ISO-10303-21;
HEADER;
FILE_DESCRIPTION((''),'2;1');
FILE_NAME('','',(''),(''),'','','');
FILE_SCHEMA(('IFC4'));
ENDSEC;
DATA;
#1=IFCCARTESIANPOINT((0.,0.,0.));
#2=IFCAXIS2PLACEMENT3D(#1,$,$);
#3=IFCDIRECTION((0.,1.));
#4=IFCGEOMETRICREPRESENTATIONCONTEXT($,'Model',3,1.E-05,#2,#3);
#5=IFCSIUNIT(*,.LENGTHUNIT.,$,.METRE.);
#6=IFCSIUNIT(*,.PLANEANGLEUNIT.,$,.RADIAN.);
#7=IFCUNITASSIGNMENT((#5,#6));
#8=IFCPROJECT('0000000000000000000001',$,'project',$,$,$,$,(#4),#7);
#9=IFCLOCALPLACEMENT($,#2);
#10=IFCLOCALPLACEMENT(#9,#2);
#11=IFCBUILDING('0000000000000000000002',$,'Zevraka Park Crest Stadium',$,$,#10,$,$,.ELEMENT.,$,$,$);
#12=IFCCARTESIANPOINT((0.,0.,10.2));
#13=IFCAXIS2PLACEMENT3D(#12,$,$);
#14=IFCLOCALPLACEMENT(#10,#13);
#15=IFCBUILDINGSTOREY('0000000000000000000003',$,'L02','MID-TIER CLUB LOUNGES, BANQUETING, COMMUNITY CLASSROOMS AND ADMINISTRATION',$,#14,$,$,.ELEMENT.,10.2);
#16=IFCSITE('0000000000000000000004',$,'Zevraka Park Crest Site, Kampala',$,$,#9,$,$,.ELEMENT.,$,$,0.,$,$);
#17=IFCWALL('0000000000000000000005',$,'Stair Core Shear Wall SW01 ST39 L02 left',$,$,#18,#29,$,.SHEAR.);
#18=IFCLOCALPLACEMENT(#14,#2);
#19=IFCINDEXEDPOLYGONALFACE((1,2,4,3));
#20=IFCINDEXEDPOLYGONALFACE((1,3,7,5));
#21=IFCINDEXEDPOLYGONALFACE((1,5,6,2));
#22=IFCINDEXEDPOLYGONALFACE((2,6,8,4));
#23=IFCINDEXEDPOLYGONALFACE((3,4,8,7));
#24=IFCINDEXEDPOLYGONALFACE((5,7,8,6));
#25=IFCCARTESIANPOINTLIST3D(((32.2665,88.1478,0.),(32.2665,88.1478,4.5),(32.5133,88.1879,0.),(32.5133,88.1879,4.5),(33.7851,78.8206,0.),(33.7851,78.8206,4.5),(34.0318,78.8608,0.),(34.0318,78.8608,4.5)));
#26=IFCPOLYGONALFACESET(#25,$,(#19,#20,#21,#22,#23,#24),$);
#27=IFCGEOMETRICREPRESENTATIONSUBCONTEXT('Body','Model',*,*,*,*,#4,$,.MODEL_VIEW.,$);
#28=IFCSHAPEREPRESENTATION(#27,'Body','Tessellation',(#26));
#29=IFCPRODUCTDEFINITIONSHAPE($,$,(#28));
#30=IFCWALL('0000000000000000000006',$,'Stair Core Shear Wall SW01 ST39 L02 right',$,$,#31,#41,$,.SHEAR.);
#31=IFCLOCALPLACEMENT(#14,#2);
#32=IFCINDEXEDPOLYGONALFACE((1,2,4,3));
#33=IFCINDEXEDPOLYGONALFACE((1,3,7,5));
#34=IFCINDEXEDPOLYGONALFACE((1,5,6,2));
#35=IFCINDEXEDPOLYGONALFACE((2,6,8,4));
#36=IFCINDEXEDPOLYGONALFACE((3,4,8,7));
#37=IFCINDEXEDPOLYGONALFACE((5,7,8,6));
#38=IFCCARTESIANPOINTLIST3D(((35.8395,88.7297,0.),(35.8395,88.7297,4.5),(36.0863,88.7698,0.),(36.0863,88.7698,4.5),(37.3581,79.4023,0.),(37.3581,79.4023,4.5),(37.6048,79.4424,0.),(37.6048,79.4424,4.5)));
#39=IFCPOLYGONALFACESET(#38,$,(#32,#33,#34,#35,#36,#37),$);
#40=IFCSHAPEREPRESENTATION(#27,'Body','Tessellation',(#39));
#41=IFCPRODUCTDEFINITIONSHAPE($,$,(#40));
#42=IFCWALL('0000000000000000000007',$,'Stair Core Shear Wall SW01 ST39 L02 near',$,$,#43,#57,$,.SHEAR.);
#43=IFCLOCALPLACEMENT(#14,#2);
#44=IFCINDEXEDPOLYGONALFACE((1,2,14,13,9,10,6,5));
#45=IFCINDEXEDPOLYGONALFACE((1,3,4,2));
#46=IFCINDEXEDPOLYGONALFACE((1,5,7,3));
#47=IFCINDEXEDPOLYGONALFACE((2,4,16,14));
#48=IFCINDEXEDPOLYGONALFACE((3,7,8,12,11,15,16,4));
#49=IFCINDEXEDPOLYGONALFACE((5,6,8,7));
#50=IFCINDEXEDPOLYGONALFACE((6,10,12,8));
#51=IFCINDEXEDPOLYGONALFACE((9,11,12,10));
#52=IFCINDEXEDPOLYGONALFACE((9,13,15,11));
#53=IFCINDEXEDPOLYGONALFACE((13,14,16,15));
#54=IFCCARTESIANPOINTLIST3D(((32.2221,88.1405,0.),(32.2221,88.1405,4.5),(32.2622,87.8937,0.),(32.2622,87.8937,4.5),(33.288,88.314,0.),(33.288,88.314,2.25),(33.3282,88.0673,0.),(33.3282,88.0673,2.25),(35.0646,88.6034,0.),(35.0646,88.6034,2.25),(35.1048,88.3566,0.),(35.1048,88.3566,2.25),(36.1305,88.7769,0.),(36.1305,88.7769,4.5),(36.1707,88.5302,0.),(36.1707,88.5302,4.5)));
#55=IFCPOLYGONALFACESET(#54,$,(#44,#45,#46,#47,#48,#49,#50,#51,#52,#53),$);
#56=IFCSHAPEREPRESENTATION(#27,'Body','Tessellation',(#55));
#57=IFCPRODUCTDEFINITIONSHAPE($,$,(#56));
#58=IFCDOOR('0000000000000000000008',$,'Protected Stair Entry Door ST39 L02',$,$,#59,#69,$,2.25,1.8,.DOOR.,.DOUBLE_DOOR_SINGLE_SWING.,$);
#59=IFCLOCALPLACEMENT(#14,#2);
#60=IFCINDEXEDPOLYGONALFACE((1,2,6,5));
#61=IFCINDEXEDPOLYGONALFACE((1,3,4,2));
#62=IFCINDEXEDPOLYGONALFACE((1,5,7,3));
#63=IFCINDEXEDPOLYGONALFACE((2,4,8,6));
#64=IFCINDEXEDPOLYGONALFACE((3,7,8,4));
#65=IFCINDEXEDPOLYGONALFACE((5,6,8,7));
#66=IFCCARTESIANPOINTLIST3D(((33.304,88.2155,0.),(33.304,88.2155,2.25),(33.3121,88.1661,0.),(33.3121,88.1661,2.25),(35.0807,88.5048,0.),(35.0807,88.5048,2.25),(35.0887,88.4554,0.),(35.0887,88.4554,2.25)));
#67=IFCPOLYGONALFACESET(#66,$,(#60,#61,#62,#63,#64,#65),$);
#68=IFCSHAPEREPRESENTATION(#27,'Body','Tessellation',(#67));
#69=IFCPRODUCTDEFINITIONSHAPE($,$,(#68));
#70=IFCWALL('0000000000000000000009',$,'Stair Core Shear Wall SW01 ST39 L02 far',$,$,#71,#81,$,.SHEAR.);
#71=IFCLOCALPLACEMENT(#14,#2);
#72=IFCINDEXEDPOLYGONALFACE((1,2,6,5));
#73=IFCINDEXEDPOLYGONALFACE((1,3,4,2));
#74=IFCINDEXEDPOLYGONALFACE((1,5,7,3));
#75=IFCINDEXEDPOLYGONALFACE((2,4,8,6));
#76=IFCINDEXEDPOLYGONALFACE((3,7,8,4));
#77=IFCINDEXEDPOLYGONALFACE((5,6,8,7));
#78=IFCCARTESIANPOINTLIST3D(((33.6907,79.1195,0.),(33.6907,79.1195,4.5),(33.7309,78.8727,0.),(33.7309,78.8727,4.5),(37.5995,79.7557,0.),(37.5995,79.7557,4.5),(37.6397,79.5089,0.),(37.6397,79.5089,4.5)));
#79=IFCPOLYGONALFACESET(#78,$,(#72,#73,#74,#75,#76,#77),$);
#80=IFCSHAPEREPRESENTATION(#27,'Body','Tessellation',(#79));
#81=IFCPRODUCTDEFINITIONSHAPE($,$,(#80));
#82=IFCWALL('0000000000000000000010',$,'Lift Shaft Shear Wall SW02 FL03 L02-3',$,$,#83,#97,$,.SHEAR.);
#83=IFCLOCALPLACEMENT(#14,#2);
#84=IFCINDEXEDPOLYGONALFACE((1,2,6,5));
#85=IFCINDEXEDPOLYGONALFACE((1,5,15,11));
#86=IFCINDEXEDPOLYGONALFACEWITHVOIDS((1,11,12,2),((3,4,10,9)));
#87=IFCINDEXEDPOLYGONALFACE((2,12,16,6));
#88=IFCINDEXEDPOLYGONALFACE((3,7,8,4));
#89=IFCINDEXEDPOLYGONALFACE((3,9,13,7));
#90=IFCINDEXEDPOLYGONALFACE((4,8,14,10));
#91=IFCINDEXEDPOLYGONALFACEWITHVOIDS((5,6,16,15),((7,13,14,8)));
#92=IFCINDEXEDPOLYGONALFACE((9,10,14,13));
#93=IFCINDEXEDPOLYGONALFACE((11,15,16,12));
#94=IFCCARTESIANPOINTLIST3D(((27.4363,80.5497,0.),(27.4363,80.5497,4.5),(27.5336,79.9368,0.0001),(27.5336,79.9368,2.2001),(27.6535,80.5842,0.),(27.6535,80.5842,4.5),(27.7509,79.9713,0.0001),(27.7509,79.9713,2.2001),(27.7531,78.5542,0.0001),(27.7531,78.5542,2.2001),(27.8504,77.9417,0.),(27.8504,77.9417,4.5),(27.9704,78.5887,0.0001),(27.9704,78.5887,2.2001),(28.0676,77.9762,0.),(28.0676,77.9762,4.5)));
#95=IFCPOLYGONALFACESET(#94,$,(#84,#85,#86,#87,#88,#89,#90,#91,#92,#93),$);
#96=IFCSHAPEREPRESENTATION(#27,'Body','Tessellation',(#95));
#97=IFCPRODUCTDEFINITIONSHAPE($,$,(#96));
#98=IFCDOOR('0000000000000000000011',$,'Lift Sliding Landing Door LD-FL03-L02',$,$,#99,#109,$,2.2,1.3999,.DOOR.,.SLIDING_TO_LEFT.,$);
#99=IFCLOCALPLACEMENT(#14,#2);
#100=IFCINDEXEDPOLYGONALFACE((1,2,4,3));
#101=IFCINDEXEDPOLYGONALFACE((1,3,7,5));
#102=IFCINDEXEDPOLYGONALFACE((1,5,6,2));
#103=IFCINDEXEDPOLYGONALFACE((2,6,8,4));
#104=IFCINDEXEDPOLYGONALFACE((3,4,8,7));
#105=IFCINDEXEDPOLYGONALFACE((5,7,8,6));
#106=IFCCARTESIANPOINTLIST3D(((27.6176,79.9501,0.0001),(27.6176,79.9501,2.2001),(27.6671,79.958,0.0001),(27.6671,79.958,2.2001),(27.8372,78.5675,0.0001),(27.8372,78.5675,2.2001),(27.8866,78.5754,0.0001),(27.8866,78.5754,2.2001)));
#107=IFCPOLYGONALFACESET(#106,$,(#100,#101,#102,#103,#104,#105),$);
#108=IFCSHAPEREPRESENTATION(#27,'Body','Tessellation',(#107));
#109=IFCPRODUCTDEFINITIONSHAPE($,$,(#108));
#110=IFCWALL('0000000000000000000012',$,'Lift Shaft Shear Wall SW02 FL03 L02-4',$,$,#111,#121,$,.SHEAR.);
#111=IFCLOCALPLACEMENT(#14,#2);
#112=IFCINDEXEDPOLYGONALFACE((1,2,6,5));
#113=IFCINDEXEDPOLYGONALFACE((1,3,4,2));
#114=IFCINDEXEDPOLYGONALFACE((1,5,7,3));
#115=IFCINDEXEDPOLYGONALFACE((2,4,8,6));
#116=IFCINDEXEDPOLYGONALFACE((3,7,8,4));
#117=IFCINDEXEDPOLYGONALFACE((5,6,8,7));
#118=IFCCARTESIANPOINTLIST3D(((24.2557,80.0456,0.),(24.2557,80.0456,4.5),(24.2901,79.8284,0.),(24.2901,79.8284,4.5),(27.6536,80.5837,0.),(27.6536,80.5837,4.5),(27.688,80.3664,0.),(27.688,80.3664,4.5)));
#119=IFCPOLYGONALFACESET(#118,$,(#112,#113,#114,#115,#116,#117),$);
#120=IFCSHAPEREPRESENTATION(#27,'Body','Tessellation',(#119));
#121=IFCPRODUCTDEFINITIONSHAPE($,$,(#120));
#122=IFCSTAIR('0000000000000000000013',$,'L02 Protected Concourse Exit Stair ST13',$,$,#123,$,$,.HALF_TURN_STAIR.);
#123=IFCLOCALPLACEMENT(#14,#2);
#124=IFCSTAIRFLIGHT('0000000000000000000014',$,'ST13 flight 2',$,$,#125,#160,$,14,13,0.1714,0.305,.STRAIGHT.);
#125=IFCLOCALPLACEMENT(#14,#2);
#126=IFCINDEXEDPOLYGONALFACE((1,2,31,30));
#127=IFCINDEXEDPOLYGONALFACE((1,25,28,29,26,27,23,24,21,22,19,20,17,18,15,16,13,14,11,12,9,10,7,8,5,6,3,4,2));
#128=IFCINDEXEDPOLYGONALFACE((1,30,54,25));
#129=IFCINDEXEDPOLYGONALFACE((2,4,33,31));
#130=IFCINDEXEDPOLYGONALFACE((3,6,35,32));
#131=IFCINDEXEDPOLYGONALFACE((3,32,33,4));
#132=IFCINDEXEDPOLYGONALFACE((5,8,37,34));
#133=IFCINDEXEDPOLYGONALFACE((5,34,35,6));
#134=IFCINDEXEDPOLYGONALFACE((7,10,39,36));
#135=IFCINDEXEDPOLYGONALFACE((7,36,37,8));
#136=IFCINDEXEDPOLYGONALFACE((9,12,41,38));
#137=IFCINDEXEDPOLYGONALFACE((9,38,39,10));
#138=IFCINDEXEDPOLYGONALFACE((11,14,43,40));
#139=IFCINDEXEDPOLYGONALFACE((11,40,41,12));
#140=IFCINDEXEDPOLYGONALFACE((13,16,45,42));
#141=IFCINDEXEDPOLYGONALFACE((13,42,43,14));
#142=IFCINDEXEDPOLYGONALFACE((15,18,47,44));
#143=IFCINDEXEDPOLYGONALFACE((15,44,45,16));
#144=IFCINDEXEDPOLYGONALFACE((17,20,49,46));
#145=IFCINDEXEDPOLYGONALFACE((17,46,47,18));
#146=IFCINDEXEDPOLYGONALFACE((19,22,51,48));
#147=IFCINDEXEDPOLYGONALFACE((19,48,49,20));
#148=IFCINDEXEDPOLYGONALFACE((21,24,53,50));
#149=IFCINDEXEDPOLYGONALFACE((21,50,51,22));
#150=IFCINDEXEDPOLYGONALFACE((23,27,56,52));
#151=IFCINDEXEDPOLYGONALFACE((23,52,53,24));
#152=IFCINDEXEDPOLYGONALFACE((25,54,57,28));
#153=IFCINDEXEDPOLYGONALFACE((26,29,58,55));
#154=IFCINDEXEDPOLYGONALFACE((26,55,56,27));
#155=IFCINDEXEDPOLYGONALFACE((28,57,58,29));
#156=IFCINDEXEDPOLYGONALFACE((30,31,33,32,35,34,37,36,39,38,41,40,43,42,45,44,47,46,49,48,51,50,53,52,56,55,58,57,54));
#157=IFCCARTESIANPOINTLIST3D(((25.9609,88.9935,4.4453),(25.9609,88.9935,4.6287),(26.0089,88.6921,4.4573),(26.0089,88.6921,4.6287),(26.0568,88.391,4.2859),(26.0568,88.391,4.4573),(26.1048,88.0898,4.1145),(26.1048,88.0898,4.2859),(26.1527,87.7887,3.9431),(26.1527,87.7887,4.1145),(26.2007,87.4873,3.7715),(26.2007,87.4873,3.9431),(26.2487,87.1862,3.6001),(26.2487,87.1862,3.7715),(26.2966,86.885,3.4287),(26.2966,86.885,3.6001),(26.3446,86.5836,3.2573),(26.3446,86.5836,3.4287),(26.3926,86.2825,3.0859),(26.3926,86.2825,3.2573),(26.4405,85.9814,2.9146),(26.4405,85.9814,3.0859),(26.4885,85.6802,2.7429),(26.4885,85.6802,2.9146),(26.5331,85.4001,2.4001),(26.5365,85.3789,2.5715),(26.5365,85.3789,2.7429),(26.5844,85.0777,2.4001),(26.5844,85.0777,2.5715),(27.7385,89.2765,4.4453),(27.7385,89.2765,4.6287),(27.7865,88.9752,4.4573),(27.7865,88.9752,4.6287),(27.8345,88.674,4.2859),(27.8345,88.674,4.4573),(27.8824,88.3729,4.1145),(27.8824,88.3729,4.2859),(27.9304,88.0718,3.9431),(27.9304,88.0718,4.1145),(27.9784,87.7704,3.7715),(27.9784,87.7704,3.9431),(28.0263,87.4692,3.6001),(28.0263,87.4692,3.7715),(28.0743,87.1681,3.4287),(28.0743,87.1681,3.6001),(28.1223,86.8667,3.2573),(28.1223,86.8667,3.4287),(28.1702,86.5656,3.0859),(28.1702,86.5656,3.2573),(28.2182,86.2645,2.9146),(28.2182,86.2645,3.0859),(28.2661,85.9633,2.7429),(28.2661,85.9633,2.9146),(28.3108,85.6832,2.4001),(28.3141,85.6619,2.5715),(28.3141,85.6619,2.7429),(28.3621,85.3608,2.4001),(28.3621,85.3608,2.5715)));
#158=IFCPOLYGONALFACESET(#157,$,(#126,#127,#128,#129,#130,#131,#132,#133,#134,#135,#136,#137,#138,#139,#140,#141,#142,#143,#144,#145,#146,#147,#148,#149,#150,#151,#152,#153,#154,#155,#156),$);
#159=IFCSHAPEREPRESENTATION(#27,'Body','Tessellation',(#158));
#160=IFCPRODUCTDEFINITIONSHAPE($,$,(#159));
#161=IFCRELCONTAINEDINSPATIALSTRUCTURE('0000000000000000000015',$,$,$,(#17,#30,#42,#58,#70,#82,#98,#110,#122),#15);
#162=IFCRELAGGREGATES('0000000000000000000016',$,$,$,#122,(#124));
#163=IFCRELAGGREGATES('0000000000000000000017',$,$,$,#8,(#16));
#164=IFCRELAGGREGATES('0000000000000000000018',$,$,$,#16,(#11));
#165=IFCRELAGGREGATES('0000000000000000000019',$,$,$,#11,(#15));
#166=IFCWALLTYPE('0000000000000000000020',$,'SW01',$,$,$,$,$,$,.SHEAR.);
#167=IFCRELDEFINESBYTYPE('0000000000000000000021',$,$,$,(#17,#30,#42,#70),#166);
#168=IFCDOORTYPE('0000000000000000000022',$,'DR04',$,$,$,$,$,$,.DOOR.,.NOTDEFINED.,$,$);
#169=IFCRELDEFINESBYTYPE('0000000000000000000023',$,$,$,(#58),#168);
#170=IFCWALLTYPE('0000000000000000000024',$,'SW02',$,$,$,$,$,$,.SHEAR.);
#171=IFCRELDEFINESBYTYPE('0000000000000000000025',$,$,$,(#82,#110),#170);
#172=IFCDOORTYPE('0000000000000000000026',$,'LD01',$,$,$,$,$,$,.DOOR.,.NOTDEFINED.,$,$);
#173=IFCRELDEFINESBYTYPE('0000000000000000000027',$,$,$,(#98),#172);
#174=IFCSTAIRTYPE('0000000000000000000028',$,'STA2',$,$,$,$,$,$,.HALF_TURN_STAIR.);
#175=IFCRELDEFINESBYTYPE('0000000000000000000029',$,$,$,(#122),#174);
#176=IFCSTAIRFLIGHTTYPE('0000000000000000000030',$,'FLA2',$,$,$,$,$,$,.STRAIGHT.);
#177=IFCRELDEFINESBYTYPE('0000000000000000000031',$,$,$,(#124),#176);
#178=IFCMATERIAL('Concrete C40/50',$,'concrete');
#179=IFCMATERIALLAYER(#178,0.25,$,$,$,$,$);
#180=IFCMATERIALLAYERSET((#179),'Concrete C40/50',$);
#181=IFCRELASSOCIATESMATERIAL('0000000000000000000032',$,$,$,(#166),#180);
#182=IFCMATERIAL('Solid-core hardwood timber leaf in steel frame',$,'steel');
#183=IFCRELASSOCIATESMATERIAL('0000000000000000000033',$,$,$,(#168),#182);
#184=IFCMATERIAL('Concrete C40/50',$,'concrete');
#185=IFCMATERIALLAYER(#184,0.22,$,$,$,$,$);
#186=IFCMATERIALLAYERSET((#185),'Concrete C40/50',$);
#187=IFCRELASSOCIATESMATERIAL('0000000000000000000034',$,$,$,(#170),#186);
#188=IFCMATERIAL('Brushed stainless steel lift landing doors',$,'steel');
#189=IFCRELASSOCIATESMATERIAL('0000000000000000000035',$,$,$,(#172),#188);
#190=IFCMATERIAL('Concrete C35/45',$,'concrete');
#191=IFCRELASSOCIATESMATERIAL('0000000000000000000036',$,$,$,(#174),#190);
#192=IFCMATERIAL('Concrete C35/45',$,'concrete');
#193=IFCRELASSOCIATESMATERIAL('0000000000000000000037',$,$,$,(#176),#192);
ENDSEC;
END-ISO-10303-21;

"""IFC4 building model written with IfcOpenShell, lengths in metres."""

from ifc_helpers import new_model, si_unit, direction, frame, frame_2d, origin, place, context, subcontext, project, spatial, polyline, rectangle, outline, extrude, material, layer, layer_set, type_object, element, fill, aggregate, save


model = new_model("IFC4")

# Units and contexts
model_context = context("Model", 3, precision=1e-05, world=origin(), true_north=direction((0.0, 1.0)))
body_context = subcontext(model_context, "Body", "Model", "MODEL_VIEW")
ifc_project = project(units=[si_unit("LENGTHUNIT", "METRE"), si_unit("PLANEANGLEUNIT", "RADIAN")], contexts=[model_context])

# Site, building, storey
site_placement = place(None, origin())
site = spatial("IfcSite", under=ifc_project, at=site_placement, Name="Zevraka Park Crest Site, Kampala", CompositionType="ELEMENT", RefElevation=0.0)
building_placement = place(site_placement, origin())
building = spatial("IfcBuilding", under=site, at=building_placement, Name="Zevraka Park Crest Stadium", CompositionType="ELEMENT")
storey_placement = place(building_placement, frame((0.0, 0.0, 10.2)))
storey = spatial("IfcBuildingStorey", under=building, at=storey_placement, Name="L02", Description="MID-TIER CLUB LOUNGES, BANQUETING, COMMUNITY CLASSROOMS AND ADMINISTRATION", CompositionType="ELEMENT", Elevation=10.2)

# Walls
ifc_material_1 = material(Name="Concrete C40/50", Category="concrete")
ifc_layer_1 = layer(ifc_material_1, 0.25)
ifc_layer_set_1 = layer_set([ifc_layer_1], Name="Concrete C40/50")
wall_type_1 = type_object("IfcWallType", Name="SW01", PredefinedType="SHEAR", material=ifc_layer_set_1)
wall_1_placement = place(storey_placement, frame((32.3899, 88.168, 0.0), z_axis=(0.0, 0.0, 1.0), x_axis=(0.160694, -0.987004, 0.0)))
element("IfcWall", 1, at=wall_1_placement, inside=storey, type_object=wall_type_1, Name="Stair Core Shear Wall SW01 ST39 L02 left", PredefinedType="SHEAR", context=body_context, shape_type="SweptSolid", body=[
    extrude(rectangle(XDim=9.45, YDim=0.25, at=frame_2d((4.7251, 0.0))), origin(), (0.0, 0.0, 1.0), 4.5),
])
wall_2_placement = place(storey_placement, frame((37.4814, 79.4224, 0.0), z_axis=(0.0, 0.0, 1.0), x_axis=(-0.16069, 0.987005, 0.0)))
element("IfcWall", 2, at=wall_2_placement, inside=storey, type_object=wall_type_1, Name="Stair Core Shear Wall SW01 ST39 L02 right", PredefinedType="SHEAR", context=body_context, shape_type="SweptSolid", body=[
    extrude(rectangle(XDim=9.4502, YDim=0.25, at=frame_2d((4.7251, 0.0))), origin(), (0.0, 0.0, 1.0), 4.5),
])

# Wall, opening, door
wall_3_placement = place(storey_placement, frame((36.1506, 88.6536, 0.0), z_axis=(0.0, 0.0, 1.0), x_axis=(-0.986999, -0.160729, 0.0)))
wall_3 = element("IfcWall", 3, at=wall_3_placement, inside=storey, type_object=wall_type_1, Name="Stair Core Shear Wall SW01 ST39 L02 near", PredefinedType="SHEAR", context=body_context, shape_type="SweptSolid", body=[
    extrude(rectangle(XDim=3.96, YDim=0.25, at=frame_2d((1.98, 0.0))), origin(), (0.0, 0.0, 1.0), 4.5),
])
opening_1_placement = place(wall_3_placement, frame((1.0801, 0.0, 0.0)))
opening_1 = element("IfcOpeningElement", 4, at=opening_1_placement, cuts=wall_3, PredefinedType="OPENING", context=body_context, shape_type="SweptSolid", body=[
    extrude(rectangle(XDim=1.8, YDim=2.25, at=frame_2d((0.8999, 1.125))), frame((0.0, 0.135, 0.0), z_axis=(0.0, -1.0, 0.0), x_axis=(1.0, 0.0, 0.0)), (0.0, 0.0, 1.0), 0.27),
])
ifc_material_2 = material(Name="Solid-core hardwood timber leaf in steel frame", Category="steel")
door_type_1 = type_object("IfcDoorType", Name="DR04", OperationType="NOTDEFINED", PredefinedType="DOOR", material=ifc_material_2)
door_1_placement = place(opening_1_placement, origin())
door_1 = element("IfcDoor", 5, at=door_1_placement, inside=storey, type_object=door_type_1, Name="Protected Stair Entry Door ST39 L02", OperationType="DOUBLE_DOOR_SINGLE_SWING", OverallHeight=2.25, OverallWidth=1.8, PredefinedType="DOOR", context=body_context, shape_type="SweptSolid", body=[
    extrude(rectangle(XDim=1.8, YDim=2.25, at=frame_2d((0.8999, 1.125))), frame((0.0, 0.0249, 0.0), z_axis=(0.0, -1.0, 0.0), x_axis=(1.0, 0.0, 0.0)), (0.0, 0.0, 1.0), 0.05),
])
fill(opening_1, door_1)

# Wall
wall_4_placement = place(storey_placement, frame((33.7109, 78.9961, 0.0), z_axis=(0.0, 0.0, 1.0), x_axis=(0.98701, 0.160659, 0.0)))
element("IfcWall", 6, at=wall_4_placement, inside=storey, type_object=wall_type_1, Name="Stair Core Shear Wall SW01 ST39 L02 far", PredefinedType="SHEAR", context=body_context, shape_type="SweptSolid", body=[
    extrude(rectangle(XDim=3.9602, YDim=0.25, at=frame_2d((1.98, 0.0))), origin(), (0.0, 0.0, 1.0), 4.5),
])

# Wall, opening, door
ifc_material_3 = material(Name="Concrete C40/50", Category="concrete")
ifc_layer_2 = layer(ifc_material_3, 0.22)
ifc_layer_set_2 = layer_set([ifc_layer_2], Name="Concrete C40/50")
wall_type_2 = type_object("IfcWallType", Name="SW02", PredefinedType="SHEAR", material=ifc_layer_set_2)
wall_5_placement = place(storey_placement, frame((27.959, 77.959, 0.0), z_axis=(0.0, 0.0, 1.0), x_axis=(-0.156808, 0.987629, 0.0)))
wall_5 = element("IfcWall", 7, at=wall_5_placement, inside=storey, type_object=wall_type_2, Name="Lift Shaft Shear Wall SW02 FL03 L02-3", PredefinedType="SHEAR", context=body_context, shape_type="SweptSolid", body=[
    extrude(rectangle(XDim=2.6406, YDim=0.22, at=frame_2d((1.3203, 0.0))), origin(), (0.0, 0.0, 1.0), 4.5),
])
opening_2_placement = place(wall_5_placement, frame((0.6201, 0.0, 0.0)))
opening_2 = element("IfcOpeningElement", 8, at=opening_2_placement, cuts=wall_5, PredefinedType="OPENING", context=body_context, shape_type="SweptSolid", body=[
    extrude(rectangle(XDim=1.3999, YDim=2.2, at=frame_2d((0.7, 1.1001))), frame((0.0, 0.1199, 0.0), z_axis=(0.0, -1.0, 0.0), x_axis=(1.0, 0.0, 0.0)), (0.0, 0.0, 1.0), 0.24),
])
ifc_material_4 = material(Name="Brushed stainless steel lift landing doors", Category="steel")
door_type_2 = type_object("IfcDoorType", Name="LD01", OperationType="NOTDEFINED", PredefinedType="DOOR", material=ifc_material_4)
door_2_placement = place(opening_2_placement, origin())
door_2 = element("IfcDoor", 9, at=door_2_placement, inside=storey, type_object=door_type_2, Name="Lift Sliding Landing Door LD-FL03-L02", OperationType="SLIDING_TO_LEFT", OverallHeight=2.2, OverallWidth=1.3999, PredefinedType="DOOR", context=body_context, shape_type="SweptSolid", body=[
    extrude(rectangle(XDim=1.3999, YDim=2.2, at=frame_2d((0.7, 1.1001))), frame((0.0, 0.0249, 0.0), z_axis=(0.0, -1.0, 0.0), x_axis=(1.0, 0.0, 0.0)), (0.0, 0.0, 1.0), 0.05),
])
fill(opening_2, door_2)

# Wall
wall_6_placement = place(storey_placement, frame((27.6709, 80.4751, 0.0), z_axis=(0.0, 0.0, 1.0), x_axis=(-0.987693, -0.156407, 0.0)))
element("IfcWall", 10, at=wall_6_placement, inside=storey, type_object=wall_type_2, Name="Lift Shaft Shear Wall SW02 FL03 L02-4", PredefinedType="SHEAR", context=body_context, shape_type="SweptSolid", body=[
    extrude(rectangle(XDim=3.4402, YDim=0.22, at=frame_2d((1.7202, 0.0))), origin(), (0.0, 0.0, 1.0), 4.5),
])

# Stair, stair flight
ifc_material_5 = material(Name="Concrete C35/45", Category="concrete")
stair_type = type_object("IfcStairType", Name="STA2", PredefinedType="HALF_TURN_STAIR", material=ifc_material_5)
stair_placement = place(storey_placement, origin())
stair = element("IfcStair", 11, at=stair_placement, inside=storey, type_object=stair_type, Name="L02 Protected Concourse Exit Stair ST13", PredefinedType="HALF_TURN_STAIR")
ifc_material_6 = material(Name="Concrete C35/45", Category="concrete")
stair_flight_type = type_object("IfcStairFlightType", Name="FLA2", PredefinedType="STRAIGHT", material=ifc_material_6)
stair_flight_placement = place(storey_placement, frame((27.4731, 85.2192, 2.4001), z_axis=(0.0, 0.0, 1.0), x_axis=(-0.157262, 0.987557, 0.0)))
stair_flight = element("IfcStairFlight", 12, at=stair_flight_placement, type_object=stair_flight_type, Name="ST13 flight 2", NumberOfRisers=14, NumberOfTreads=13, PredefinedType="STRAIGHT", RiserHeight=0.1714, TreadLength=0.305, context=body_context, shape_type="SweptSolid", body=[
    extrude(outline(polyline([(0.0, 0.0), (0.0, 0.1714), (0.3049, 0.1714), (0.3049, 0.3428), (0.6101, 0.3428), (0.6101, 0.5144), (0.915, 0.5144), (0.915, 0.6858), (1.22, 0.6858), (1.22, 0.8572), (1.5249, 0.8572), (1.5249, 1.0286), (1.8301, 1.0286), (1.8301, 1.2), (2.135, 1.2), (2.135, 1.3713), (2.4399, 1.3713), (2.4399, 1.543), (2.7451, 1.543), (2.7451, 1.7144), (3.05, 1.7144), (3.05, 1.8857), (3.355, 1.8857), (3.355, 2.0571), (3.6599, 2.0571), (3.6599, 2.2285), (3.9651, 2.2285), (3.9651, 2.3999), (3.9651, 2.0452), (0.3264, 0.0), (0.0, 0.0)])), frame((0.0, 0.8999, 0.0), z_axis=(0.0, -1.0, 0.0), x_axis=(1.0, 0.0, 0.0)), (0.0, 0.0, 1.0), 1.8),
])
aggregate(stair, [stair_flight])

save(model, "model.ifc")
